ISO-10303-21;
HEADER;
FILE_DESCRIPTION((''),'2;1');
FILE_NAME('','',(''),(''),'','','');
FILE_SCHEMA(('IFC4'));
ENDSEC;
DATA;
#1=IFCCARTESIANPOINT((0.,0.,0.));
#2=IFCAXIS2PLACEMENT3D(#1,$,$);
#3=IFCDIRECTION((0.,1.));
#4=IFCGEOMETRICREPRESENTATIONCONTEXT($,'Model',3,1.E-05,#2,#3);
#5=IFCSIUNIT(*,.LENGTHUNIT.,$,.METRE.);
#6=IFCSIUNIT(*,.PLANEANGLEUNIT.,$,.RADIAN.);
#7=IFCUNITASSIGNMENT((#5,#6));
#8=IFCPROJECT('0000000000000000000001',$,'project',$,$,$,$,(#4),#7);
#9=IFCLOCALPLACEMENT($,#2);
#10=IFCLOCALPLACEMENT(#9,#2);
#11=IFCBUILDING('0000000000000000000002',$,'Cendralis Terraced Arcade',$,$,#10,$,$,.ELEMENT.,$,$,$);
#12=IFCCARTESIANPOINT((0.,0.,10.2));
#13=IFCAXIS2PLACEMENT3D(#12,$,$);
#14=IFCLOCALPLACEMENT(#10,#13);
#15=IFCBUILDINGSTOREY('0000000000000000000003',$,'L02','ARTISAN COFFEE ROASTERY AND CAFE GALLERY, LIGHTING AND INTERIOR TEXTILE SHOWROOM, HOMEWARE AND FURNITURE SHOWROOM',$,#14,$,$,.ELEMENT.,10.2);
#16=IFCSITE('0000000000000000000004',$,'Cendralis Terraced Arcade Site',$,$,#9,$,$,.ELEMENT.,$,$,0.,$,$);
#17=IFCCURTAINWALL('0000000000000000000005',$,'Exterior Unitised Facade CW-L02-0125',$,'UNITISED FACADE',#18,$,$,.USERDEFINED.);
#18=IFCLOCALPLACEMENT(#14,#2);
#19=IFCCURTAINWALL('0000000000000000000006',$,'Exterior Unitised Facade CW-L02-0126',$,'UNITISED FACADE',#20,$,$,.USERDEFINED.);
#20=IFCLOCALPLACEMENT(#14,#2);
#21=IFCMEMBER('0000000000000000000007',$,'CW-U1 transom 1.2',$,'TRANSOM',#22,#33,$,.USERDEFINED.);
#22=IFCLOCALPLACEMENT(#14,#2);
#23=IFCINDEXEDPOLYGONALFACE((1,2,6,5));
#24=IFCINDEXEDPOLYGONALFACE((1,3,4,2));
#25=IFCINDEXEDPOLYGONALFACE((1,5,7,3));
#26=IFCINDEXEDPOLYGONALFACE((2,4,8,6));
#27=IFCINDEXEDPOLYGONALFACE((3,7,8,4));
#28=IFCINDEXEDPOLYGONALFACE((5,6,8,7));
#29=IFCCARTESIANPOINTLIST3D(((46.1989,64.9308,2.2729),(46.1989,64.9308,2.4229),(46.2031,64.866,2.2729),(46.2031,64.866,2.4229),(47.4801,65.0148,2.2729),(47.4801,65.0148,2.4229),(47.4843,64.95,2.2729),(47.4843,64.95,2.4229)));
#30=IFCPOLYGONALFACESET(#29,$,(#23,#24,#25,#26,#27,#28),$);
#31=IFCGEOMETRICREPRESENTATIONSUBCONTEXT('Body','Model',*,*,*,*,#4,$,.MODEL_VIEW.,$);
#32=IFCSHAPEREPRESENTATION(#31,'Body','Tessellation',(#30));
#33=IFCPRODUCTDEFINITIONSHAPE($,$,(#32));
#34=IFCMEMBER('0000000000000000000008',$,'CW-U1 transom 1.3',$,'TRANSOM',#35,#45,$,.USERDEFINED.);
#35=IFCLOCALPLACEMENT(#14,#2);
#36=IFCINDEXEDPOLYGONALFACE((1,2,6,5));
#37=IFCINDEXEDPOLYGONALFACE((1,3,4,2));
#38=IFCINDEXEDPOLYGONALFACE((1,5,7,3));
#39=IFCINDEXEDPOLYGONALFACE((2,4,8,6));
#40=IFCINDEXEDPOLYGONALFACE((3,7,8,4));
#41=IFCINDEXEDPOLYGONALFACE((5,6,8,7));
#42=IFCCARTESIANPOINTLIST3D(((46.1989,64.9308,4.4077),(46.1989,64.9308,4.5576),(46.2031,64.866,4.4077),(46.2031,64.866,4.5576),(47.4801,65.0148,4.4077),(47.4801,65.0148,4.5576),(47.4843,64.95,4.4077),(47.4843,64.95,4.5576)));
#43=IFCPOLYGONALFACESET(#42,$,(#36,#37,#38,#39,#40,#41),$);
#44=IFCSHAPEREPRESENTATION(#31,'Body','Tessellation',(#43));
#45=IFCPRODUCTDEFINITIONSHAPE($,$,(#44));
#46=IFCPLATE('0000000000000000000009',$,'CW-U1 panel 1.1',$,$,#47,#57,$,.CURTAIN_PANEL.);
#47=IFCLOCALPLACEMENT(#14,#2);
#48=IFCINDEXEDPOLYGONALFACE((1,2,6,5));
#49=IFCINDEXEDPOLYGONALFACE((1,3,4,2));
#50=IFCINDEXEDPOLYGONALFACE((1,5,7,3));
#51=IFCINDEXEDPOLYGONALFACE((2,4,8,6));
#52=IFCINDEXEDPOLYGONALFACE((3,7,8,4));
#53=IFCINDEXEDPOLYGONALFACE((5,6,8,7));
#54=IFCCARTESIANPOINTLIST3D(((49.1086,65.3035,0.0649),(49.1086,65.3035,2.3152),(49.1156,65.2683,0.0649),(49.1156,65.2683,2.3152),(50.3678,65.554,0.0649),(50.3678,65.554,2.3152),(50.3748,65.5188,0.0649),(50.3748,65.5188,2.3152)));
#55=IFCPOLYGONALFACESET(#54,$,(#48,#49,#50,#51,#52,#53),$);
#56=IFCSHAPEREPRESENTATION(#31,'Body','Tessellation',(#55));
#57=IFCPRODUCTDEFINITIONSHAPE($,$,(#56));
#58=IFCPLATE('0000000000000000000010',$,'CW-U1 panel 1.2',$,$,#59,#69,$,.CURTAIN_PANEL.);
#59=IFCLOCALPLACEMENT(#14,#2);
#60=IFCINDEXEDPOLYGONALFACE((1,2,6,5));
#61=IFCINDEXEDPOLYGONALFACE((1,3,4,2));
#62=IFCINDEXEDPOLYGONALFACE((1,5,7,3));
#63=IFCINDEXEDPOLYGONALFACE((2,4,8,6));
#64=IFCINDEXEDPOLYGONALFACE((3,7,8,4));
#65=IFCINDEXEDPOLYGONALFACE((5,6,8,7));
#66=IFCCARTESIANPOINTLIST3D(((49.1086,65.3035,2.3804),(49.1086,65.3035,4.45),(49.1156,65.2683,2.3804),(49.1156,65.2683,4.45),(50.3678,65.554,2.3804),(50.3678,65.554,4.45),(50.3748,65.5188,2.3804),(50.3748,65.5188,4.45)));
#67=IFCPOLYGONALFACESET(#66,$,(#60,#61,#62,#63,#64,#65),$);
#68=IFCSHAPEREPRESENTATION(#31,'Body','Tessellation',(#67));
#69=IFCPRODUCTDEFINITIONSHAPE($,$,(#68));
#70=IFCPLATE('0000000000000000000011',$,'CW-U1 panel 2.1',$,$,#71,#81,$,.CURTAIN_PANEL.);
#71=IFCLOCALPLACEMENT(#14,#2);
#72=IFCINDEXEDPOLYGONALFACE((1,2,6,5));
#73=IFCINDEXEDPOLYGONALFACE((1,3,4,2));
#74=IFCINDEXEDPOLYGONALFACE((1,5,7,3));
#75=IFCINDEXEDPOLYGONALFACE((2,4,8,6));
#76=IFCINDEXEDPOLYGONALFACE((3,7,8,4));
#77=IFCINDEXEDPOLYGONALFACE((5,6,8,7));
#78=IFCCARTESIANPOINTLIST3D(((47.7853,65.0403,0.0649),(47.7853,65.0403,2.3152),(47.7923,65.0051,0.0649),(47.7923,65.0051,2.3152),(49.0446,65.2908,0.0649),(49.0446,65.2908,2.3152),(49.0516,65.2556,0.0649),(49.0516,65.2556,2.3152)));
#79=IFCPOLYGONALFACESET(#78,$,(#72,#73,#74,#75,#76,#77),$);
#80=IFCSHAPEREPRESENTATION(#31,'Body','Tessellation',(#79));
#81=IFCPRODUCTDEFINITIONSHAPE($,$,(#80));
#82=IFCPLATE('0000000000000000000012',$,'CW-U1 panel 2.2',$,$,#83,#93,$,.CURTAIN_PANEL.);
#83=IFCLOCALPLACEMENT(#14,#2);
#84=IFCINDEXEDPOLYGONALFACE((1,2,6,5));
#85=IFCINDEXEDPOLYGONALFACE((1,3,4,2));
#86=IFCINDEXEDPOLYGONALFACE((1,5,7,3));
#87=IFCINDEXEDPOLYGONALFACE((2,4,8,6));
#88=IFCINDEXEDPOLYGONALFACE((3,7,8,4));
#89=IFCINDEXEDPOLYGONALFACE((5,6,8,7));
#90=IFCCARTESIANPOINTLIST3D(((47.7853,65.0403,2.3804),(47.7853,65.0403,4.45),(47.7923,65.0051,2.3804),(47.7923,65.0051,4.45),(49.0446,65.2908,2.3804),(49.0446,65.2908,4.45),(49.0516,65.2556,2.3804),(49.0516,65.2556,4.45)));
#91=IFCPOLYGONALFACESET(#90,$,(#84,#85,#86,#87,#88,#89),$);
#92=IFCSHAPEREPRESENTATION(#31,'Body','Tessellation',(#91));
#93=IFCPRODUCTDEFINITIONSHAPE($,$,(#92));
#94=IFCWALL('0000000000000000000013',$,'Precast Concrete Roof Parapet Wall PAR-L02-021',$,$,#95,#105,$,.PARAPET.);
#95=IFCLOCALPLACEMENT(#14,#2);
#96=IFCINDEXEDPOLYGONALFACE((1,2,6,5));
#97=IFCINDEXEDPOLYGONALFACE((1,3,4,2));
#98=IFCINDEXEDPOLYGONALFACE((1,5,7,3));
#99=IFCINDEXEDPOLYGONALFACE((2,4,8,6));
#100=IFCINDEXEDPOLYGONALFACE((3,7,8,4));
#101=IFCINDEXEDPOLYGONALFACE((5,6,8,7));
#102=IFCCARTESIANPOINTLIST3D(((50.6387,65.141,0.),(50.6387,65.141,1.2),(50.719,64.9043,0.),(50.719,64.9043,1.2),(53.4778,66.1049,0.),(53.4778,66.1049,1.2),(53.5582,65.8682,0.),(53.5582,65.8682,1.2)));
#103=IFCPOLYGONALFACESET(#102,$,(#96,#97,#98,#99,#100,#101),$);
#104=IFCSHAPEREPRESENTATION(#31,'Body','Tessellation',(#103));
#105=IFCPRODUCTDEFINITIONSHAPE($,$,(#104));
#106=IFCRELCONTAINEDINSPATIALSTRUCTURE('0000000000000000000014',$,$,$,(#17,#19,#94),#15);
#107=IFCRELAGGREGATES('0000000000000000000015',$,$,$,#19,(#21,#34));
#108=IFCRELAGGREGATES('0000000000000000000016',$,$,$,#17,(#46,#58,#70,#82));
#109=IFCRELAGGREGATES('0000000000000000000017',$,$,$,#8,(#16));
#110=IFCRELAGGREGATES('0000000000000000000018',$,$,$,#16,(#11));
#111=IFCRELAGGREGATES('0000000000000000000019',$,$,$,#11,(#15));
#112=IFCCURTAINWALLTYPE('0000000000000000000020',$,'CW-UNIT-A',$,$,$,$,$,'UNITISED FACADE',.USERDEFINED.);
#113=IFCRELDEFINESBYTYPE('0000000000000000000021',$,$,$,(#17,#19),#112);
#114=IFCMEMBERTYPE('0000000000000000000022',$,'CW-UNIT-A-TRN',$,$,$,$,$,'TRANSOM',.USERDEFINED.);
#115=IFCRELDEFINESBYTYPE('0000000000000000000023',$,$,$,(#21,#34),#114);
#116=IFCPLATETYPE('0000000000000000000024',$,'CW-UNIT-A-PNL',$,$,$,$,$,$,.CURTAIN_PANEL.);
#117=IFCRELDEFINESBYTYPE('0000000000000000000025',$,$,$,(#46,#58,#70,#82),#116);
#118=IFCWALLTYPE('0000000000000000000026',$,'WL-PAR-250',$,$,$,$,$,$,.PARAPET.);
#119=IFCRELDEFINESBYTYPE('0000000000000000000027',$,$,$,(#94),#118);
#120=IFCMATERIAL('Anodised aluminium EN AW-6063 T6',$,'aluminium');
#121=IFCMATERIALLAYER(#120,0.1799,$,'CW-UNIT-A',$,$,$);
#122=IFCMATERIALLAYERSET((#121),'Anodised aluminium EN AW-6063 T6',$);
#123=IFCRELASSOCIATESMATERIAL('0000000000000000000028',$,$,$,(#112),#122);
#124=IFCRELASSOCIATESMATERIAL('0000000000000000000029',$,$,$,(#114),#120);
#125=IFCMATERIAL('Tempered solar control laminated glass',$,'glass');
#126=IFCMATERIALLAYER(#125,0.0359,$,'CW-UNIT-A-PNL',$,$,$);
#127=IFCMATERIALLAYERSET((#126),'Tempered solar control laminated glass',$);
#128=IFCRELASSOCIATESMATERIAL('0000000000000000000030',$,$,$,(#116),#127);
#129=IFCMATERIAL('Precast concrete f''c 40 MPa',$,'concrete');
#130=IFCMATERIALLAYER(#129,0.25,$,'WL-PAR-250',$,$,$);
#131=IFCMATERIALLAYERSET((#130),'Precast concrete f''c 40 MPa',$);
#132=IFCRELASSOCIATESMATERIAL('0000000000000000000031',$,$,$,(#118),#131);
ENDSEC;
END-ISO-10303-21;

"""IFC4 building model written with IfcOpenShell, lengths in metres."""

from ifc_helpers import new_model, si_unit, direction, frame, frame_2d, origin, origin_2d, place, context, subcontext, project, spatial, rectangle, extrude, material, layer, layer_set, material_profile, profile_set, type_object, element, aggregate, save


model = new_model("IFC4")

# Units and contexts
model_context = context("Model", 3, precision=1e-05, world=origin(), true_north=direction((0.0, 1.0)))
body_context = subcontext(model_context, "Body", "Model", "MODEL_VIEW")
ifc_project = project(units=[si_unit("LENGTHUNIT", "METRE"), si_unit("PLANEANGLEUNIT", "RADIAN")], contexts=[model_context])

# Site, building, storey
site_placement = place(None, origin())
site = spatial("IfcSite", under=ifc_project, at=site_placement, Name="Cendralis Terraced Arcade Site", CompositionType="ELEMENT", RefElevation=0.0)
building_placement = place(site_placement, origin())
building = spatial("IfcBuilding", under=site, at=building_placement, Name="Cendralis Terraced Arcade", CompositionType="ELEMENT")
storey_placement = place(building_placement, frame((0.0, 0.0, 10.2)))
storey = spatial("IfcBuildingStorey", under=building, at=storey_placement, Name="L02", Description="ARTISAN COFFEE ROASTERY AND CAFE GALLERY, LIGHTING AND INTERIOR TEXTILE SHOWROOM, HOMEWARE AND FURNITURE SHOWROOM", CompositionType="ELEMENT", Elevation=10.2)

# Shared definitions
ifc_material_1 = material(Name="Anodised aluminium EN AW-6063 T6", Category="aluminium")
ifc_layer_1 = layer(ifc_material_1, 0.1799, Name="CW-UNIT-A")
ifc_layer_set_1 = layer_set([ifc_layer_1], Name="Anodised aluminium EN AW-6063 T6")
curtain_wall_type = type_object("IfcCurtainWallType", Name="CW-UNIT-A", ElementType="UNITISED FACADE", PredefinedType="USERDEFINED", material=ifc_layer_set_1)

# Curtain wall
curtain_wall_1_placement = place(storey_placement, origin())
curtain_wall_1 = element("IfcCurtainWall", 1, at=curtain_wall_1_placement, inside=storey, type_object=curtain_wall_type, Name="Exterior Unitised Facade CW-L02-0125", ObjectType="UNITISED FACADE", PredefinedType="USERDEFINED")

# Curtain wall
curtain_wall_2_placement = place(storey_placement, origin())
curtain_wall_2 = element("IfcCurtainWall", 2, at=curtain_wall_2_placement, inside=storey, type_object=curtain_wall_type, Name="Exterior Unitised Facade CW-L02-0126", ObjectType="UNITISED FACADE", PredefinedType="USERDEFINED")

# Members
ifc_material_profile_1 = material_profile(ifc_material_1, rectangle(XDim=0.0649, YDim=0.1499, at=origin_2d()), Name="ALU-TRN-65x150")
ifc_profile_set_1 = profile_set([ifc_material_profile_1], Name="Anodised aluminium EN AW-6063 T6")
member_type_1 = type_object("IfcMemberType", Name="CW-UNIT-A-TRN", ElementType="TRANSOM", PredefinedType="USERDEFINED", material=ifc_profile_set_1)
member_1_placement = place(storey_placement, frame((47.4822, 64.9824, 2.3479), z_axis=(-0.997859, -0.065408, 0.0), x_axis=(0.065408, -0.997859, 0.0)))
member_1 = element("IfcMember", 3, at=member_1_placement, type_object=member_type_1, Name="CW-U1 transom 1.2", ObjectType="TRANSOM", PredefinedType="USERDEFINED", context=body_context, shape_type="SweptSolid", body=[
    extrude(rectangle(XDim=0.0649, YDim=0.1499, at=origin_2d()), origin(), (0.0, 0.0, 1.0), 1.2839),
])
member_2_placement = place(storey_placement, frame((47.4822, 64.9824, 4.4827), z_axis=(-0.997859, -0.065408, 0.0), x_axis=(0.065408, -0.997859, 0.0)))
member_2 = element("IfcMember", 4, at=member_2_placement, type_object=member_type_1, Name="CW-U1 transom 1.3", ObjectType="TRANSOM", PredefinedType="USERDEFINED", context=body_context, shape_type="SweptSolid", body=[
    extrude(rectangle(XDim=0.0649, YDim=0.1499, at=origin_2d()), origin(), (0.0, 0.0, 1.0), 1.2839),
])
aggregate(curtain_wall_2, [member_1, member_2])

# Plates
ifc_material_2 = material(Name="Tempered solar control laminated glass", Category="glass")
ifc_layer_2 = layer(ifc_material_2, 0.0359, Name="CW-UNIT-A-PNL")
ifc_layer_set_2 = layer_set([ifc_layer_2], Name="Tempered solar control laminated glass")
plate_type = type_object("IfcPlateType", Name="CW-UNIT-A-PNL", PredefinedType="CURTAIN_PANEL", material=ifc_layer_set_2)
plate_1_placement = place(storey_placement, frame((49.7417, 65.4111, 0.0649), z_axis=(0.0, 0.0, 1.0), x_axis=(-0.980789, -0.195072, 0.0)))
plate_1 = element("IfcPlate", 5, at=plate_1_placement, type_object=plate_type, Name="CW-U1 panel 1.1", PredefinedType="CURTAIN_PANEL", context=body_context, shape_type="SweptSolid", body=[
    extrude(rectangle(XDim=1.2839, YDim=0.0359, at=origin_2d()), origin(), (0.0, 0.0, 1.0), 2.2502),
])
plate_2_placement = place(storey_placement, frame((49.7417, 65.4111, 2.3804), z_axis=(0.0, 0.0, 1.0), x_axis=(-0.980789, -0.195072, 0.0)))
plate_2 = element("IfcPlate", 6, at=plate_2_placement, type_object=plate_type, Name="CW-U1 panel 1.2", PredefinedType="CURTAIN_PANEL", context=body_context, shape_type="SweptSolid", body=[
    extrude(rectangle(XDim=1.2839, YDim=0.0359, at=origin_2d()), origin(), (0.0, 0.0, 1.0), 2.0696),
])
plate_3_placement = place(storey_placement, frame((48.4185, 65.1479, 0.0649), z_axis=(0.0, 0.0, 1.0), x_axis=(-0.980789, -0.195072, 0.0)))
plate_3 = element("IfcPlate", 7, at=plate_3_placement, type_object=plate_type, Name="CW-U1 panel 2.1", PredefinedType="CURTAIN_PANEL", context=body_context, shape_type="SweptSolid", body=[
    extrude(rectangle(XDim=1.2839, YDim=0.0359, at=origin_2d()), origin(), (0.0, 0.0, 1.0), 2.2502),
])
plate_4_placement = place(storey_placement, frame((48.4185, 65.1479, 2.3804), z_axis=(0.0, 0.0, 1.0), x_axis=(-0.980789, -0.195072, 0.0)))
plate_4 = element("IfcPlate", 8, at=plate_4_placement, type_object=plate_type, Name="CW-U1 panel 2.2", PredefinedType="CURTAIN_PANEL", context=body_context, shape_type="SweptSolid", body=[
    extrude(rectangle(XDim=1.2839, YDim=0.0359, at=origin_2d()), origin(), (0.0, 0.0, 1.0), 2.0696),
])
aggregate(curtain_wall_1, [plate_1, plate_2, plate_3, plate_4])

# Wall
ifc_material_3 = material(Name="Precast concrete f'c 40 MPa", Category="concrete")
ifc_layer_3 = layer(ifc_material_3, 0.25, Name="WL-PAR-250")
ifc_layer_set_3 = layer_set([ifc_layer_3], Name="Precast concrete f'c 40 MPa")
wall_type = type_object("IfcWallType", Name="WL-PAR-250", PredefinedType="PARAPET", material=ifc_layer_set_3)
wall_placement = place(storey_placement, frame((50.679, 65.0227, 0.0), z_axis=(0.0, 0.0, 1.0), x_axis=(0.946918, 0.321475, 0.0)))
element("IfcWall", 9, at=wall_placement, inside=storey, type_object=wall_type, Name="Precast Concrete Roof Parapet Wall PAR-L02-021", PredefinedType="PARAPET", context=body_context, shape_type="SweptSolid", body=[
    extrude(rectangle(XDim=2.9983, YDim=0.25, at=frame_2d((1.499, 0.0))), origin(), (0.0, 0.0, 1.0), 1.2),
])

save(model, "model.ifc")
